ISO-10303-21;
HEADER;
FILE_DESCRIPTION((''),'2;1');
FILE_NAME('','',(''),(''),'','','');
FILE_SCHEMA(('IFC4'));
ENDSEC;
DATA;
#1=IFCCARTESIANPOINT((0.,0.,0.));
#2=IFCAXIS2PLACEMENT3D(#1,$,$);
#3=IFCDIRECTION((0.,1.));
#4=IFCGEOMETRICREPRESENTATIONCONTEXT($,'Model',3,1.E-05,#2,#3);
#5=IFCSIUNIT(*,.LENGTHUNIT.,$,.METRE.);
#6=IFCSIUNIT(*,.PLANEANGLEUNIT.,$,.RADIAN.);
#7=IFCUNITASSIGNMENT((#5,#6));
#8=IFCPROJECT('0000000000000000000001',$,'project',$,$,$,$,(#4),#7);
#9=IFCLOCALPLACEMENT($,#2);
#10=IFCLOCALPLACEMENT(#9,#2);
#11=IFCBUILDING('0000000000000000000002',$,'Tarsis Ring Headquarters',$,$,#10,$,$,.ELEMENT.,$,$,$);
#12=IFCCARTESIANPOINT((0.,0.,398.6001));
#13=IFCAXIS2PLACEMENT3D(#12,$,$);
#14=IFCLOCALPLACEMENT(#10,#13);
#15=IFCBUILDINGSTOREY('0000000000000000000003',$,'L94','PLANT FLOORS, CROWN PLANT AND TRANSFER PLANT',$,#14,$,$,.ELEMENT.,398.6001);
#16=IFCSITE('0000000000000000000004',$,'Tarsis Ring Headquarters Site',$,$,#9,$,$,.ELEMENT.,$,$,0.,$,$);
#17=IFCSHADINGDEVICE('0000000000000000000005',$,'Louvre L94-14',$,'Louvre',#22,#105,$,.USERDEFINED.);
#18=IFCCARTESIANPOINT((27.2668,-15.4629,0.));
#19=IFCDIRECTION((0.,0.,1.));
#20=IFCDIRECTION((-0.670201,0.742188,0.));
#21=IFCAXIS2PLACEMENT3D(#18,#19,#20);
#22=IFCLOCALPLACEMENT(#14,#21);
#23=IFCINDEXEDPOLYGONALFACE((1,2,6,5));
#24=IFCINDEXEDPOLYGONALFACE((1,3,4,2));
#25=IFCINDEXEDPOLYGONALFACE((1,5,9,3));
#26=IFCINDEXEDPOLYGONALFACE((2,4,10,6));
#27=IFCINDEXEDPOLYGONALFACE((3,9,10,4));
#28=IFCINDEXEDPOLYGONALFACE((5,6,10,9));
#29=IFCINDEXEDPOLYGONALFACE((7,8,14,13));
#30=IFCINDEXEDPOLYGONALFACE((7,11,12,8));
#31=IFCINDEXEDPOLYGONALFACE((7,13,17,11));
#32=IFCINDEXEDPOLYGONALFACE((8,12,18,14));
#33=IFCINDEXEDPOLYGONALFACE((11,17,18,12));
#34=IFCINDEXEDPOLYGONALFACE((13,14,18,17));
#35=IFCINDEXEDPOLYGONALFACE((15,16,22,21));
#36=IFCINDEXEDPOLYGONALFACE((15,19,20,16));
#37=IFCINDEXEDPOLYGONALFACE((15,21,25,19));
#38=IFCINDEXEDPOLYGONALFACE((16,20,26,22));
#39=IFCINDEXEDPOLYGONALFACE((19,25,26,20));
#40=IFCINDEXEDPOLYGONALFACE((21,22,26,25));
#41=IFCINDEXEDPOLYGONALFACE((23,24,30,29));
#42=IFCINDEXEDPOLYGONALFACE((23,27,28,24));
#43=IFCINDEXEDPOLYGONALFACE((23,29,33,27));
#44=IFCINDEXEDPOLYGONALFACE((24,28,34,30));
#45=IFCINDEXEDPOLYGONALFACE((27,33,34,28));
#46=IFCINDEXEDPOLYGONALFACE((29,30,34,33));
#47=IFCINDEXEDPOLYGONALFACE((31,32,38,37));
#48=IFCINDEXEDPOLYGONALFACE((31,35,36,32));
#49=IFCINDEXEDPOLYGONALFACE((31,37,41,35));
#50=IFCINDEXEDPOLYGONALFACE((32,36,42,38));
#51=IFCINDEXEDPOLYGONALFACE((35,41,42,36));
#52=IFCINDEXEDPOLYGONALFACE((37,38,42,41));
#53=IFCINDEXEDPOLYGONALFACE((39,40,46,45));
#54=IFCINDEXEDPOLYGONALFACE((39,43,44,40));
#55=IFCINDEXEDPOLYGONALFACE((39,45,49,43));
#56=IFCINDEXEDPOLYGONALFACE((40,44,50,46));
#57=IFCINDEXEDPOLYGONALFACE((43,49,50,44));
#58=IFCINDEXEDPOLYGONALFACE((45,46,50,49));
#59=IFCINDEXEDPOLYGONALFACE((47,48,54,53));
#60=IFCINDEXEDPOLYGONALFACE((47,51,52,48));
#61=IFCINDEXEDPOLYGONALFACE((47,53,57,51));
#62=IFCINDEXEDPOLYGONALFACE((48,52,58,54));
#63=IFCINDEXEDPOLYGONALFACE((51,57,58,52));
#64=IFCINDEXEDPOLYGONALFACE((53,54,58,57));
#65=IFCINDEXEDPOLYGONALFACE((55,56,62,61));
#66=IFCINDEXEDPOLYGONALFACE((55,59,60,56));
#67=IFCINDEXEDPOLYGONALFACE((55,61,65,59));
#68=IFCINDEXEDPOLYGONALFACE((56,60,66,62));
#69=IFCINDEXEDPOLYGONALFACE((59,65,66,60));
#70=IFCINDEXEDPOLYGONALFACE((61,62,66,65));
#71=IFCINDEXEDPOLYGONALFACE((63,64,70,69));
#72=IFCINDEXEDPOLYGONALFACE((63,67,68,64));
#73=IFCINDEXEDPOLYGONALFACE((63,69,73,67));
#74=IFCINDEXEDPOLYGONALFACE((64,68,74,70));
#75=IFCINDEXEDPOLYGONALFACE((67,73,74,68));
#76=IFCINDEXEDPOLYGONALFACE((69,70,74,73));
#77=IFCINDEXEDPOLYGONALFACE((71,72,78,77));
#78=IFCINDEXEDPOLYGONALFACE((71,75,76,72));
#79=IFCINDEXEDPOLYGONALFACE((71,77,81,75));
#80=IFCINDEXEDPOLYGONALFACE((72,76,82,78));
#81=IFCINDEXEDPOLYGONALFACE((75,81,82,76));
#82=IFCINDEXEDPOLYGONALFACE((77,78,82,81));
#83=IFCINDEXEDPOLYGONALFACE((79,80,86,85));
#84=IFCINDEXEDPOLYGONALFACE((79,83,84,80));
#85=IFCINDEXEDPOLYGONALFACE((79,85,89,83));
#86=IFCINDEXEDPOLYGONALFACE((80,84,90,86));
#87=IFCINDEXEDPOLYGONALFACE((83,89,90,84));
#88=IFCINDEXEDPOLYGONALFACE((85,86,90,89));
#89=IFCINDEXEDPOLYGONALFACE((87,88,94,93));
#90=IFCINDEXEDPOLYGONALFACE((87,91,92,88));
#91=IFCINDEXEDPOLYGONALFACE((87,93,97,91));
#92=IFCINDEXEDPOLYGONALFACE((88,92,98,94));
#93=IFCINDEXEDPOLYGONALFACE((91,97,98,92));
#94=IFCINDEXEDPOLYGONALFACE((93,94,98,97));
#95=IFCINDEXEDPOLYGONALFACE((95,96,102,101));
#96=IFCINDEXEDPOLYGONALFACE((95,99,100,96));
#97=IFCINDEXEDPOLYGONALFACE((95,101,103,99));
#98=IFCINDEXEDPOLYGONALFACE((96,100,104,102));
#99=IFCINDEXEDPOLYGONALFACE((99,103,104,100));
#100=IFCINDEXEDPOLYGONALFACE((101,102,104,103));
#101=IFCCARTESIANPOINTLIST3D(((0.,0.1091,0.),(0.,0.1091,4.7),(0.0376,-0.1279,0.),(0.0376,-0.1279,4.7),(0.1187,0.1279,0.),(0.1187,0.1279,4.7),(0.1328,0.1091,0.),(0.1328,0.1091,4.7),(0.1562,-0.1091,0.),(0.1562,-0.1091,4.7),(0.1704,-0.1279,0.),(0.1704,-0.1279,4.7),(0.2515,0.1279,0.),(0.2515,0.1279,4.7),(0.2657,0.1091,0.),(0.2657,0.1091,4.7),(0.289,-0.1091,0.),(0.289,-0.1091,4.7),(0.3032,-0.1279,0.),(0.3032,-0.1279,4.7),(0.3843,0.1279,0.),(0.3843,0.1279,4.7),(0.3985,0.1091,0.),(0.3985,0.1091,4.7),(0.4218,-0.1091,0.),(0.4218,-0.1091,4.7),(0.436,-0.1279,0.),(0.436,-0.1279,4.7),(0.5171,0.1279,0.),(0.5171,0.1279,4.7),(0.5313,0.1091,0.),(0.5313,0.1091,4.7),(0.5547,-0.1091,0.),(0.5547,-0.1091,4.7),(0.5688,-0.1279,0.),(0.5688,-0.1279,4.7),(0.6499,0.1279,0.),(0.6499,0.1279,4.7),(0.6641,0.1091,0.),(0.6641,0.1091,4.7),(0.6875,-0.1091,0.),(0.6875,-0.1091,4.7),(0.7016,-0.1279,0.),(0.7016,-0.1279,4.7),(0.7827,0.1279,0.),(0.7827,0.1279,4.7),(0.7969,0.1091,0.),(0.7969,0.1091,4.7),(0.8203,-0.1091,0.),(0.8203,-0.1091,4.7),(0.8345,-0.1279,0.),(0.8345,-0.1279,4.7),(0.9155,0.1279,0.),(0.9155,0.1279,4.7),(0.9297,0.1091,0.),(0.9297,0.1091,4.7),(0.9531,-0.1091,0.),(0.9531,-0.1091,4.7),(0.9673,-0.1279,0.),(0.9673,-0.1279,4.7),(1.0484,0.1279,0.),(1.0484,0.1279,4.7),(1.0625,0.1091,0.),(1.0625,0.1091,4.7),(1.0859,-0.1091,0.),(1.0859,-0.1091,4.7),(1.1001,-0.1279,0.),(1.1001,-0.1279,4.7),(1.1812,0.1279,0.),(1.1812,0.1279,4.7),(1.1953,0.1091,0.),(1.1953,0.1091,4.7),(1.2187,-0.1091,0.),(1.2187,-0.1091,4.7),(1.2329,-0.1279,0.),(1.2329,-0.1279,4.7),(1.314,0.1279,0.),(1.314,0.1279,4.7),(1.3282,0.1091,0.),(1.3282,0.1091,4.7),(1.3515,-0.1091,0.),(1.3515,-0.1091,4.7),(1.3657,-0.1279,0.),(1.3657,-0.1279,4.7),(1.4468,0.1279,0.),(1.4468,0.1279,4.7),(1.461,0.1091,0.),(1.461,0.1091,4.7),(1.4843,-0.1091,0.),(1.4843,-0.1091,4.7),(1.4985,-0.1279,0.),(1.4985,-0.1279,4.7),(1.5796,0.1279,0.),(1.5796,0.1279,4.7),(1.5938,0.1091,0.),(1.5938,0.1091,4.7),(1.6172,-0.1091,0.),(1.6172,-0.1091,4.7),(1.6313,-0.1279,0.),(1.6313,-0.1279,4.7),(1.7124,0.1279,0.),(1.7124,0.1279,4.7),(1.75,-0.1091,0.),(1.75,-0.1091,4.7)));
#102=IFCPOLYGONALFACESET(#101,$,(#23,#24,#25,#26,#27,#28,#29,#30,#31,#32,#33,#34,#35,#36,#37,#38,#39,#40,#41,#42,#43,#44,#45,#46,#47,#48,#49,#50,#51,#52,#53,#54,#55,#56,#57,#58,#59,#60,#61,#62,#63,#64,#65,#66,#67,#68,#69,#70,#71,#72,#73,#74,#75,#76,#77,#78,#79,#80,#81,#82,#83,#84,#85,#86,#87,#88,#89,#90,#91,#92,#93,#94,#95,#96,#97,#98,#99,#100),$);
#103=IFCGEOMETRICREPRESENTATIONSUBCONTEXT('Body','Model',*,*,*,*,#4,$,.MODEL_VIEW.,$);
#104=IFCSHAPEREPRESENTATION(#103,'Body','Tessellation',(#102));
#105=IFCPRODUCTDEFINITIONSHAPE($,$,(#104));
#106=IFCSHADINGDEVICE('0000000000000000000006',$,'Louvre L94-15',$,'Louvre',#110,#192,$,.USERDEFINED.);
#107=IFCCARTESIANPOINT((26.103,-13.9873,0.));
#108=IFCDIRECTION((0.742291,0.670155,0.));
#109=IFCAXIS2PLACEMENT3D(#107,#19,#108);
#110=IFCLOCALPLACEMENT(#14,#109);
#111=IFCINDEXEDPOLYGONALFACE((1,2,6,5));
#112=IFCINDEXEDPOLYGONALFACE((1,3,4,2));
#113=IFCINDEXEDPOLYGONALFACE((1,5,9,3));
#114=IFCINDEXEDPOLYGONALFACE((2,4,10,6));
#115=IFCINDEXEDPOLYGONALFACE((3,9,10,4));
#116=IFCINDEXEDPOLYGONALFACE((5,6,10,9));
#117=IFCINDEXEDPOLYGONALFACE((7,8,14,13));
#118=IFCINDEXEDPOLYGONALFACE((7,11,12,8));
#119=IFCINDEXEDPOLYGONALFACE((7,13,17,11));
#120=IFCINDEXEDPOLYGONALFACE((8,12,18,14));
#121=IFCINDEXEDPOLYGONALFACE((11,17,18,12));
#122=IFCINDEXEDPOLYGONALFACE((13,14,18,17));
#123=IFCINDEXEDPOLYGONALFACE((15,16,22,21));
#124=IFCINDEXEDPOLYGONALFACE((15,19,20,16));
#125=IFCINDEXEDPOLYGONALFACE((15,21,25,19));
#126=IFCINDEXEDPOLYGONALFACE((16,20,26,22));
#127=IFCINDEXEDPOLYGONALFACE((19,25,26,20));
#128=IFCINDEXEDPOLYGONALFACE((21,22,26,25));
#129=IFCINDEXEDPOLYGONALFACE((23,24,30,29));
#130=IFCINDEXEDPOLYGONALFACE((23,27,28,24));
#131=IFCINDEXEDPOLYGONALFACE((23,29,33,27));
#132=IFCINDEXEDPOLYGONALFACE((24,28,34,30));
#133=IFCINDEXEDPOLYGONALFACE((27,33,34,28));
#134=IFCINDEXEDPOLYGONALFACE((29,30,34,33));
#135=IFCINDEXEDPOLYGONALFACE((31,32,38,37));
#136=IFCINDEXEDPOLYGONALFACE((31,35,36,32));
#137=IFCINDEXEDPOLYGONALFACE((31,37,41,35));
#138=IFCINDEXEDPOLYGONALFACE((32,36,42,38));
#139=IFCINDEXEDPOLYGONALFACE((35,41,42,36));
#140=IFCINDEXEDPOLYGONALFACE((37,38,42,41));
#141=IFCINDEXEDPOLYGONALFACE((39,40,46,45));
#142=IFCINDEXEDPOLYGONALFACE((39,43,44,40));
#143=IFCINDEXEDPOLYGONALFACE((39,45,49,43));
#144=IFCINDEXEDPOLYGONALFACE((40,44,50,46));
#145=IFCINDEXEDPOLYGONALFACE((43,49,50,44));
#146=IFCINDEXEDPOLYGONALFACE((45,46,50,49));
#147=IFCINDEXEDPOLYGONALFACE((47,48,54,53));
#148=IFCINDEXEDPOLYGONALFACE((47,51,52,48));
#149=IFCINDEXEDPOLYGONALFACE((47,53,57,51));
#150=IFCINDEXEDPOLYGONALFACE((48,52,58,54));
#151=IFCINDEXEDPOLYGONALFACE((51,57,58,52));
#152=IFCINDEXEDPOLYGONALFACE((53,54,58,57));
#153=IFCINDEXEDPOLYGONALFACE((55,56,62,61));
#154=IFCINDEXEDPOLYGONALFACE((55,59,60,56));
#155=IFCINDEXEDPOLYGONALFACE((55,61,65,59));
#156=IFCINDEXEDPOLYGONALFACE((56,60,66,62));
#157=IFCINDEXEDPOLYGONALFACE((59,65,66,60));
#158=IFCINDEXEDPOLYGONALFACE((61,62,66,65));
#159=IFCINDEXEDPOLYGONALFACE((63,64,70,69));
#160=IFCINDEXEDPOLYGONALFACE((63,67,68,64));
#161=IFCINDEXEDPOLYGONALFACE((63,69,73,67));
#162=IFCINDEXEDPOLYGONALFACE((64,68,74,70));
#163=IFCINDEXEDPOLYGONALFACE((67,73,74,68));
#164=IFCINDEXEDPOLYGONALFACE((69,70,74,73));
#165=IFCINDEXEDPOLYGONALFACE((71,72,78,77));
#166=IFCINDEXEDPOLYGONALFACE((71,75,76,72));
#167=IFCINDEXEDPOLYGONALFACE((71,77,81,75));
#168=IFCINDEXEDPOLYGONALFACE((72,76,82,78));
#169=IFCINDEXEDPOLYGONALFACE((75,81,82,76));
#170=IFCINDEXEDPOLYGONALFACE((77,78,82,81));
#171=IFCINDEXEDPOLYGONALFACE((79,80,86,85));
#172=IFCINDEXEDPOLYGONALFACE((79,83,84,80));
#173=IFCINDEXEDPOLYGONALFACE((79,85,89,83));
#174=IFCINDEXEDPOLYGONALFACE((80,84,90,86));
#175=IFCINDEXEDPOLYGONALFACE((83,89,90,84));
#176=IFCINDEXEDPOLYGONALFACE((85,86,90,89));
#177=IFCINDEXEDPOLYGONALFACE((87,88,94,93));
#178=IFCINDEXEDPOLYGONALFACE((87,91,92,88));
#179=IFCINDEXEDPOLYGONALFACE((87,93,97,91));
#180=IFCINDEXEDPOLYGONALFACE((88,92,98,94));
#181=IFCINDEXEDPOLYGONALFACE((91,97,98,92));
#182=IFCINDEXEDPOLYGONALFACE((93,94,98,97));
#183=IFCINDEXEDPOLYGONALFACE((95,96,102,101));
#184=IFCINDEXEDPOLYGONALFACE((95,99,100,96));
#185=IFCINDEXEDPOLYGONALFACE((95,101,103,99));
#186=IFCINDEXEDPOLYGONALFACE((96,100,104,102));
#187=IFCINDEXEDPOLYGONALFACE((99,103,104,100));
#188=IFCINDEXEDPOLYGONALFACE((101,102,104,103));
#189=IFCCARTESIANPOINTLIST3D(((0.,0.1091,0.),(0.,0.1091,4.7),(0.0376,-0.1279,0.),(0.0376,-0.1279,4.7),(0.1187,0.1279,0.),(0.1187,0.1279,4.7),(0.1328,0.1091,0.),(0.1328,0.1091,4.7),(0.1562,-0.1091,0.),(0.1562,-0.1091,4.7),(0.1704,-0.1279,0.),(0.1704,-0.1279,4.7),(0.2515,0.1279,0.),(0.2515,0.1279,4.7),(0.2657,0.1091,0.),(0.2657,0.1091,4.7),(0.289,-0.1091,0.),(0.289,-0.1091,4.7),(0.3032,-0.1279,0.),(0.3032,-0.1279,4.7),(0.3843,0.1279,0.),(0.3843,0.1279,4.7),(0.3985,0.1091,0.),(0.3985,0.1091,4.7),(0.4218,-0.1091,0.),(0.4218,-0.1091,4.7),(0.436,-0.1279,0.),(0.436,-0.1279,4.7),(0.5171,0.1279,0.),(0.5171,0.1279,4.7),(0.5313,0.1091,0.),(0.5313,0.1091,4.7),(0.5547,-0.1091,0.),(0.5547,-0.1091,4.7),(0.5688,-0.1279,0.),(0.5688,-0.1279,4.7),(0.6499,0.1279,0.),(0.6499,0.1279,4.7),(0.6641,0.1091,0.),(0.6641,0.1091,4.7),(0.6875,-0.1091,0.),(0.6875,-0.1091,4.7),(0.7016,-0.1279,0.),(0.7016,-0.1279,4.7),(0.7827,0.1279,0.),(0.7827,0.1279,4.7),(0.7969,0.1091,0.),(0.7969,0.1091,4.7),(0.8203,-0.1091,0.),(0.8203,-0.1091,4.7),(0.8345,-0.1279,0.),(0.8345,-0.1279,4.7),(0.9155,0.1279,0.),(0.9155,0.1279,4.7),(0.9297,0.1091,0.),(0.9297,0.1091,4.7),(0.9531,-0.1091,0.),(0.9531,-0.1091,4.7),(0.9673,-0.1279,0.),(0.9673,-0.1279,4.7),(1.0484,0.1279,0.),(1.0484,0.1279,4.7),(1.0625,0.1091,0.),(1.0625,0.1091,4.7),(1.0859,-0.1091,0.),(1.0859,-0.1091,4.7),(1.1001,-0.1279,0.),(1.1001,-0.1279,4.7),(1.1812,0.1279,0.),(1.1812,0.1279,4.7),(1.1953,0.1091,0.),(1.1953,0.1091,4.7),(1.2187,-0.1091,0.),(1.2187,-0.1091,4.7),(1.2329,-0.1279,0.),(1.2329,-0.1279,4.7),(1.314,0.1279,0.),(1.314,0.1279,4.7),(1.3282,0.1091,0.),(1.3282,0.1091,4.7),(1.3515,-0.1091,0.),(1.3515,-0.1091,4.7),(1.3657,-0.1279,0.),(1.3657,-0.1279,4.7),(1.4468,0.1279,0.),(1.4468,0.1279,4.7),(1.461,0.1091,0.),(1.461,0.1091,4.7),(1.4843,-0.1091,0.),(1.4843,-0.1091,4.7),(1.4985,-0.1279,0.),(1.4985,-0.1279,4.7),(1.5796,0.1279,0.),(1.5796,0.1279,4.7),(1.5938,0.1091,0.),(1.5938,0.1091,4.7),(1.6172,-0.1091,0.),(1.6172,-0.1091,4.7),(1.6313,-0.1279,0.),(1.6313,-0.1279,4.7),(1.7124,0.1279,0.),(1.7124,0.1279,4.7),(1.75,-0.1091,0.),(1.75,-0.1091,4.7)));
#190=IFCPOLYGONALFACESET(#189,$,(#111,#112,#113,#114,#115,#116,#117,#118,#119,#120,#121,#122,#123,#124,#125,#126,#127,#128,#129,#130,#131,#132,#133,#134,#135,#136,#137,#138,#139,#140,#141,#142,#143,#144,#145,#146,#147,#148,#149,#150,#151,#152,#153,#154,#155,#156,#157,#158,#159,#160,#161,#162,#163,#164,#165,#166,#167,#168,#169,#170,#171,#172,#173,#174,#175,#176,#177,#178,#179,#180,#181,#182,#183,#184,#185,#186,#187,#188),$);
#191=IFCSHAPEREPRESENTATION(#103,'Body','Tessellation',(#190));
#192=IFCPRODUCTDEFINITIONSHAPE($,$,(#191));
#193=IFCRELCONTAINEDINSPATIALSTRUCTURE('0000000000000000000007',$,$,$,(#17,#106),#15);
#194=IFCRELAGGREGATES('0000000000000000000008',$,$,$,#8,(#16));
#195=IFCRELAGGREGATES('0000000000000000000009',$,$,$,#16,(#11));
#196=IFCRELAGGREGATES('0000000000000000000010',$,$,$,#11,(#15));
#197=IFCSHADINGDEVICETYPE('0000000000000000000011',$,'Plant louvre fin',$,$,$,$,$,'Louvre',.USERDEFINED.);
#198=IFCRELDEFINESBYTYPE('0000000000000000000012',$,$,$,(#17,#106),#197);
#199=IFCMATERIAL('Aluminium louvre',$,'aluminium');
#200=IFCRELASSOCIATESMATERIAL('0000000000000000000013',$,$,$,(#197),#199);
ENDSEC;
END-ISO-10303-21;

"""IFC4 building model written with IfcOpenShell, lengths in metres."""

from ifc_helpers import new_model, si_unit, direction, frame, frame_2d, origin, place, context, subcontext, project, spatial, rectangle, composite_profile, extrude, material, type_object, element, save


model = new_model("IFC4")

# Units and contexts
model_context = context("Model", 3, precision=1e-05, world=origin(), true_north=direction((0.0, 1.0)))
body_context = subcontext(model_context, "Body", "Model", "MODEL_VIEW")
ifc_project = project(units=[si_unit("LENGTHUNIT", "METRE"), si_unit("PLANEANGLEUNIT", "RADIAN")], contexts=[model_context])

# Site, building, storey
site_placement = place(None, origin())
site = spatial("IfcSite", under=ifc_project, at=site_placement, Name="Tarsis Ring Headquarters Site", CompositionType="ELEMENT", RefElevation=0.0)
building_placement = place(site_placement, origin())
building = spatial("IfcBuilding", under=site, at=building_placement, Name="Tarsis Ring Headquarters", CompositionType="ELEMENT")
storey_placement = place(building_placement, frame((0.0, 0.0, 398.6001)))
storey = spatial("IfcBuildingStorey", under=building, at=storey_placement, Name="L94", Description="PLANT FLOORS, CROWN PLANT AND TRANSFER PLANT", CompositionType="ELEMENT", Elevation=398.6001)

# Shading devices
ifc_material_1 = material(Name="Aluminium louvre", Category="aluminium")
shading_device_type_1 = type_object("IfcShadingDeviceType", Name="Plant louvre fin", ElementType="Louvre", PredefinedType="USERDEFINED", material=ifc_material_1)
for number, where, z_axis, x_axis, name in (
    (1, (27.2668, -15.4629, 0.0), (0.0, 0.0, 1.0), (-0.670201, 0.742188, 0.0), "Louvre L94-14"),
    (2, (26.103, -13.9873, 0.0), (0.0, 0.0, 1.0), (0.742291, 0.670155, 0.0), "Louvre L94-15"),
):
    element("IfcShadingDevice", number, at=place(storey_placement, frame(where, z_axis=z_axis, x_axis=x_axis)), inside=storey, type_object=shading_device_type_1, Name=name, ObjectType="Louvre", PredefinedType="USERDEFINED", context=body_context, shape_type="SweptSolid", body=[
        extrude(composite_profile([rectangle(XDim=0.1201, YDim=0.24, at=frame_2d((0.0781, 0.0), x_axis=(0.987688, 0.156434))), rectangle(XDim=0.1201, YDim=0.24, at=frame_2d((0.2109, 0.0), x_axis=(0.987688, 0.156434))), rectangle(XDim=0.1201, YDim=0.24, at=frame_2d((0.3438, 0.0), x_axis=(0.987688, 0.156434))), rectangle(XDim=0.1201, YDim=0.24, at=frame_2d((0.4766, 0.0), x_axis=(0.987688, 0.156434))), rectangle(XDim=0.1201, YDim=0.24, at=frame_2d((0.6094, 0.0), x_axis=(0.987688, 0.156434))), rectangle(XDim=0.1201, YDim=0.24, at=frame_2d((0.7422, 0.0), x_axis=(0.987688, 0.156434))), rectangle(XDim=0.1201, YDim=0.24, at=frame_2d((0.875, 0.0), x_axis=(0.987688, 0.156434))), rectangle(XDim=0.1201, YDim=0.24, at=frame_2d((1.0078, 0.0), x_axis=(0.987688, 0.156434))), rectangle(XDim=0.1201, YDim=0.24, at=frame_2d((1.1406, 0.0), x_axis=(0.987688, 0.156434))), rectangle(XDim=0.1201, YDim=0.24, at=frame_2d((1.2734, 0.0), x_axis=(0.987688, 0.156434))), rectangle(XDim=0.1201, YDim=0.24, at=frame_2d((1.4062, 0.0), x_axis=(0.987688, 0.156434))), rectangle(XDim=0.1201, YDim=0.24, at=frame_2d((1.5391, 0.0), x_axis=(0.987688, 0.156434))), rectangle(XDim=0.1201, YDim=0.24, at=frame_2d((1.6719, 0.0), x_axis=(0.987688, 0.156434)))]), origin(), (0.0, 0.0, 1.0), 4.7),
    ])

save(model, "model.ifc")
